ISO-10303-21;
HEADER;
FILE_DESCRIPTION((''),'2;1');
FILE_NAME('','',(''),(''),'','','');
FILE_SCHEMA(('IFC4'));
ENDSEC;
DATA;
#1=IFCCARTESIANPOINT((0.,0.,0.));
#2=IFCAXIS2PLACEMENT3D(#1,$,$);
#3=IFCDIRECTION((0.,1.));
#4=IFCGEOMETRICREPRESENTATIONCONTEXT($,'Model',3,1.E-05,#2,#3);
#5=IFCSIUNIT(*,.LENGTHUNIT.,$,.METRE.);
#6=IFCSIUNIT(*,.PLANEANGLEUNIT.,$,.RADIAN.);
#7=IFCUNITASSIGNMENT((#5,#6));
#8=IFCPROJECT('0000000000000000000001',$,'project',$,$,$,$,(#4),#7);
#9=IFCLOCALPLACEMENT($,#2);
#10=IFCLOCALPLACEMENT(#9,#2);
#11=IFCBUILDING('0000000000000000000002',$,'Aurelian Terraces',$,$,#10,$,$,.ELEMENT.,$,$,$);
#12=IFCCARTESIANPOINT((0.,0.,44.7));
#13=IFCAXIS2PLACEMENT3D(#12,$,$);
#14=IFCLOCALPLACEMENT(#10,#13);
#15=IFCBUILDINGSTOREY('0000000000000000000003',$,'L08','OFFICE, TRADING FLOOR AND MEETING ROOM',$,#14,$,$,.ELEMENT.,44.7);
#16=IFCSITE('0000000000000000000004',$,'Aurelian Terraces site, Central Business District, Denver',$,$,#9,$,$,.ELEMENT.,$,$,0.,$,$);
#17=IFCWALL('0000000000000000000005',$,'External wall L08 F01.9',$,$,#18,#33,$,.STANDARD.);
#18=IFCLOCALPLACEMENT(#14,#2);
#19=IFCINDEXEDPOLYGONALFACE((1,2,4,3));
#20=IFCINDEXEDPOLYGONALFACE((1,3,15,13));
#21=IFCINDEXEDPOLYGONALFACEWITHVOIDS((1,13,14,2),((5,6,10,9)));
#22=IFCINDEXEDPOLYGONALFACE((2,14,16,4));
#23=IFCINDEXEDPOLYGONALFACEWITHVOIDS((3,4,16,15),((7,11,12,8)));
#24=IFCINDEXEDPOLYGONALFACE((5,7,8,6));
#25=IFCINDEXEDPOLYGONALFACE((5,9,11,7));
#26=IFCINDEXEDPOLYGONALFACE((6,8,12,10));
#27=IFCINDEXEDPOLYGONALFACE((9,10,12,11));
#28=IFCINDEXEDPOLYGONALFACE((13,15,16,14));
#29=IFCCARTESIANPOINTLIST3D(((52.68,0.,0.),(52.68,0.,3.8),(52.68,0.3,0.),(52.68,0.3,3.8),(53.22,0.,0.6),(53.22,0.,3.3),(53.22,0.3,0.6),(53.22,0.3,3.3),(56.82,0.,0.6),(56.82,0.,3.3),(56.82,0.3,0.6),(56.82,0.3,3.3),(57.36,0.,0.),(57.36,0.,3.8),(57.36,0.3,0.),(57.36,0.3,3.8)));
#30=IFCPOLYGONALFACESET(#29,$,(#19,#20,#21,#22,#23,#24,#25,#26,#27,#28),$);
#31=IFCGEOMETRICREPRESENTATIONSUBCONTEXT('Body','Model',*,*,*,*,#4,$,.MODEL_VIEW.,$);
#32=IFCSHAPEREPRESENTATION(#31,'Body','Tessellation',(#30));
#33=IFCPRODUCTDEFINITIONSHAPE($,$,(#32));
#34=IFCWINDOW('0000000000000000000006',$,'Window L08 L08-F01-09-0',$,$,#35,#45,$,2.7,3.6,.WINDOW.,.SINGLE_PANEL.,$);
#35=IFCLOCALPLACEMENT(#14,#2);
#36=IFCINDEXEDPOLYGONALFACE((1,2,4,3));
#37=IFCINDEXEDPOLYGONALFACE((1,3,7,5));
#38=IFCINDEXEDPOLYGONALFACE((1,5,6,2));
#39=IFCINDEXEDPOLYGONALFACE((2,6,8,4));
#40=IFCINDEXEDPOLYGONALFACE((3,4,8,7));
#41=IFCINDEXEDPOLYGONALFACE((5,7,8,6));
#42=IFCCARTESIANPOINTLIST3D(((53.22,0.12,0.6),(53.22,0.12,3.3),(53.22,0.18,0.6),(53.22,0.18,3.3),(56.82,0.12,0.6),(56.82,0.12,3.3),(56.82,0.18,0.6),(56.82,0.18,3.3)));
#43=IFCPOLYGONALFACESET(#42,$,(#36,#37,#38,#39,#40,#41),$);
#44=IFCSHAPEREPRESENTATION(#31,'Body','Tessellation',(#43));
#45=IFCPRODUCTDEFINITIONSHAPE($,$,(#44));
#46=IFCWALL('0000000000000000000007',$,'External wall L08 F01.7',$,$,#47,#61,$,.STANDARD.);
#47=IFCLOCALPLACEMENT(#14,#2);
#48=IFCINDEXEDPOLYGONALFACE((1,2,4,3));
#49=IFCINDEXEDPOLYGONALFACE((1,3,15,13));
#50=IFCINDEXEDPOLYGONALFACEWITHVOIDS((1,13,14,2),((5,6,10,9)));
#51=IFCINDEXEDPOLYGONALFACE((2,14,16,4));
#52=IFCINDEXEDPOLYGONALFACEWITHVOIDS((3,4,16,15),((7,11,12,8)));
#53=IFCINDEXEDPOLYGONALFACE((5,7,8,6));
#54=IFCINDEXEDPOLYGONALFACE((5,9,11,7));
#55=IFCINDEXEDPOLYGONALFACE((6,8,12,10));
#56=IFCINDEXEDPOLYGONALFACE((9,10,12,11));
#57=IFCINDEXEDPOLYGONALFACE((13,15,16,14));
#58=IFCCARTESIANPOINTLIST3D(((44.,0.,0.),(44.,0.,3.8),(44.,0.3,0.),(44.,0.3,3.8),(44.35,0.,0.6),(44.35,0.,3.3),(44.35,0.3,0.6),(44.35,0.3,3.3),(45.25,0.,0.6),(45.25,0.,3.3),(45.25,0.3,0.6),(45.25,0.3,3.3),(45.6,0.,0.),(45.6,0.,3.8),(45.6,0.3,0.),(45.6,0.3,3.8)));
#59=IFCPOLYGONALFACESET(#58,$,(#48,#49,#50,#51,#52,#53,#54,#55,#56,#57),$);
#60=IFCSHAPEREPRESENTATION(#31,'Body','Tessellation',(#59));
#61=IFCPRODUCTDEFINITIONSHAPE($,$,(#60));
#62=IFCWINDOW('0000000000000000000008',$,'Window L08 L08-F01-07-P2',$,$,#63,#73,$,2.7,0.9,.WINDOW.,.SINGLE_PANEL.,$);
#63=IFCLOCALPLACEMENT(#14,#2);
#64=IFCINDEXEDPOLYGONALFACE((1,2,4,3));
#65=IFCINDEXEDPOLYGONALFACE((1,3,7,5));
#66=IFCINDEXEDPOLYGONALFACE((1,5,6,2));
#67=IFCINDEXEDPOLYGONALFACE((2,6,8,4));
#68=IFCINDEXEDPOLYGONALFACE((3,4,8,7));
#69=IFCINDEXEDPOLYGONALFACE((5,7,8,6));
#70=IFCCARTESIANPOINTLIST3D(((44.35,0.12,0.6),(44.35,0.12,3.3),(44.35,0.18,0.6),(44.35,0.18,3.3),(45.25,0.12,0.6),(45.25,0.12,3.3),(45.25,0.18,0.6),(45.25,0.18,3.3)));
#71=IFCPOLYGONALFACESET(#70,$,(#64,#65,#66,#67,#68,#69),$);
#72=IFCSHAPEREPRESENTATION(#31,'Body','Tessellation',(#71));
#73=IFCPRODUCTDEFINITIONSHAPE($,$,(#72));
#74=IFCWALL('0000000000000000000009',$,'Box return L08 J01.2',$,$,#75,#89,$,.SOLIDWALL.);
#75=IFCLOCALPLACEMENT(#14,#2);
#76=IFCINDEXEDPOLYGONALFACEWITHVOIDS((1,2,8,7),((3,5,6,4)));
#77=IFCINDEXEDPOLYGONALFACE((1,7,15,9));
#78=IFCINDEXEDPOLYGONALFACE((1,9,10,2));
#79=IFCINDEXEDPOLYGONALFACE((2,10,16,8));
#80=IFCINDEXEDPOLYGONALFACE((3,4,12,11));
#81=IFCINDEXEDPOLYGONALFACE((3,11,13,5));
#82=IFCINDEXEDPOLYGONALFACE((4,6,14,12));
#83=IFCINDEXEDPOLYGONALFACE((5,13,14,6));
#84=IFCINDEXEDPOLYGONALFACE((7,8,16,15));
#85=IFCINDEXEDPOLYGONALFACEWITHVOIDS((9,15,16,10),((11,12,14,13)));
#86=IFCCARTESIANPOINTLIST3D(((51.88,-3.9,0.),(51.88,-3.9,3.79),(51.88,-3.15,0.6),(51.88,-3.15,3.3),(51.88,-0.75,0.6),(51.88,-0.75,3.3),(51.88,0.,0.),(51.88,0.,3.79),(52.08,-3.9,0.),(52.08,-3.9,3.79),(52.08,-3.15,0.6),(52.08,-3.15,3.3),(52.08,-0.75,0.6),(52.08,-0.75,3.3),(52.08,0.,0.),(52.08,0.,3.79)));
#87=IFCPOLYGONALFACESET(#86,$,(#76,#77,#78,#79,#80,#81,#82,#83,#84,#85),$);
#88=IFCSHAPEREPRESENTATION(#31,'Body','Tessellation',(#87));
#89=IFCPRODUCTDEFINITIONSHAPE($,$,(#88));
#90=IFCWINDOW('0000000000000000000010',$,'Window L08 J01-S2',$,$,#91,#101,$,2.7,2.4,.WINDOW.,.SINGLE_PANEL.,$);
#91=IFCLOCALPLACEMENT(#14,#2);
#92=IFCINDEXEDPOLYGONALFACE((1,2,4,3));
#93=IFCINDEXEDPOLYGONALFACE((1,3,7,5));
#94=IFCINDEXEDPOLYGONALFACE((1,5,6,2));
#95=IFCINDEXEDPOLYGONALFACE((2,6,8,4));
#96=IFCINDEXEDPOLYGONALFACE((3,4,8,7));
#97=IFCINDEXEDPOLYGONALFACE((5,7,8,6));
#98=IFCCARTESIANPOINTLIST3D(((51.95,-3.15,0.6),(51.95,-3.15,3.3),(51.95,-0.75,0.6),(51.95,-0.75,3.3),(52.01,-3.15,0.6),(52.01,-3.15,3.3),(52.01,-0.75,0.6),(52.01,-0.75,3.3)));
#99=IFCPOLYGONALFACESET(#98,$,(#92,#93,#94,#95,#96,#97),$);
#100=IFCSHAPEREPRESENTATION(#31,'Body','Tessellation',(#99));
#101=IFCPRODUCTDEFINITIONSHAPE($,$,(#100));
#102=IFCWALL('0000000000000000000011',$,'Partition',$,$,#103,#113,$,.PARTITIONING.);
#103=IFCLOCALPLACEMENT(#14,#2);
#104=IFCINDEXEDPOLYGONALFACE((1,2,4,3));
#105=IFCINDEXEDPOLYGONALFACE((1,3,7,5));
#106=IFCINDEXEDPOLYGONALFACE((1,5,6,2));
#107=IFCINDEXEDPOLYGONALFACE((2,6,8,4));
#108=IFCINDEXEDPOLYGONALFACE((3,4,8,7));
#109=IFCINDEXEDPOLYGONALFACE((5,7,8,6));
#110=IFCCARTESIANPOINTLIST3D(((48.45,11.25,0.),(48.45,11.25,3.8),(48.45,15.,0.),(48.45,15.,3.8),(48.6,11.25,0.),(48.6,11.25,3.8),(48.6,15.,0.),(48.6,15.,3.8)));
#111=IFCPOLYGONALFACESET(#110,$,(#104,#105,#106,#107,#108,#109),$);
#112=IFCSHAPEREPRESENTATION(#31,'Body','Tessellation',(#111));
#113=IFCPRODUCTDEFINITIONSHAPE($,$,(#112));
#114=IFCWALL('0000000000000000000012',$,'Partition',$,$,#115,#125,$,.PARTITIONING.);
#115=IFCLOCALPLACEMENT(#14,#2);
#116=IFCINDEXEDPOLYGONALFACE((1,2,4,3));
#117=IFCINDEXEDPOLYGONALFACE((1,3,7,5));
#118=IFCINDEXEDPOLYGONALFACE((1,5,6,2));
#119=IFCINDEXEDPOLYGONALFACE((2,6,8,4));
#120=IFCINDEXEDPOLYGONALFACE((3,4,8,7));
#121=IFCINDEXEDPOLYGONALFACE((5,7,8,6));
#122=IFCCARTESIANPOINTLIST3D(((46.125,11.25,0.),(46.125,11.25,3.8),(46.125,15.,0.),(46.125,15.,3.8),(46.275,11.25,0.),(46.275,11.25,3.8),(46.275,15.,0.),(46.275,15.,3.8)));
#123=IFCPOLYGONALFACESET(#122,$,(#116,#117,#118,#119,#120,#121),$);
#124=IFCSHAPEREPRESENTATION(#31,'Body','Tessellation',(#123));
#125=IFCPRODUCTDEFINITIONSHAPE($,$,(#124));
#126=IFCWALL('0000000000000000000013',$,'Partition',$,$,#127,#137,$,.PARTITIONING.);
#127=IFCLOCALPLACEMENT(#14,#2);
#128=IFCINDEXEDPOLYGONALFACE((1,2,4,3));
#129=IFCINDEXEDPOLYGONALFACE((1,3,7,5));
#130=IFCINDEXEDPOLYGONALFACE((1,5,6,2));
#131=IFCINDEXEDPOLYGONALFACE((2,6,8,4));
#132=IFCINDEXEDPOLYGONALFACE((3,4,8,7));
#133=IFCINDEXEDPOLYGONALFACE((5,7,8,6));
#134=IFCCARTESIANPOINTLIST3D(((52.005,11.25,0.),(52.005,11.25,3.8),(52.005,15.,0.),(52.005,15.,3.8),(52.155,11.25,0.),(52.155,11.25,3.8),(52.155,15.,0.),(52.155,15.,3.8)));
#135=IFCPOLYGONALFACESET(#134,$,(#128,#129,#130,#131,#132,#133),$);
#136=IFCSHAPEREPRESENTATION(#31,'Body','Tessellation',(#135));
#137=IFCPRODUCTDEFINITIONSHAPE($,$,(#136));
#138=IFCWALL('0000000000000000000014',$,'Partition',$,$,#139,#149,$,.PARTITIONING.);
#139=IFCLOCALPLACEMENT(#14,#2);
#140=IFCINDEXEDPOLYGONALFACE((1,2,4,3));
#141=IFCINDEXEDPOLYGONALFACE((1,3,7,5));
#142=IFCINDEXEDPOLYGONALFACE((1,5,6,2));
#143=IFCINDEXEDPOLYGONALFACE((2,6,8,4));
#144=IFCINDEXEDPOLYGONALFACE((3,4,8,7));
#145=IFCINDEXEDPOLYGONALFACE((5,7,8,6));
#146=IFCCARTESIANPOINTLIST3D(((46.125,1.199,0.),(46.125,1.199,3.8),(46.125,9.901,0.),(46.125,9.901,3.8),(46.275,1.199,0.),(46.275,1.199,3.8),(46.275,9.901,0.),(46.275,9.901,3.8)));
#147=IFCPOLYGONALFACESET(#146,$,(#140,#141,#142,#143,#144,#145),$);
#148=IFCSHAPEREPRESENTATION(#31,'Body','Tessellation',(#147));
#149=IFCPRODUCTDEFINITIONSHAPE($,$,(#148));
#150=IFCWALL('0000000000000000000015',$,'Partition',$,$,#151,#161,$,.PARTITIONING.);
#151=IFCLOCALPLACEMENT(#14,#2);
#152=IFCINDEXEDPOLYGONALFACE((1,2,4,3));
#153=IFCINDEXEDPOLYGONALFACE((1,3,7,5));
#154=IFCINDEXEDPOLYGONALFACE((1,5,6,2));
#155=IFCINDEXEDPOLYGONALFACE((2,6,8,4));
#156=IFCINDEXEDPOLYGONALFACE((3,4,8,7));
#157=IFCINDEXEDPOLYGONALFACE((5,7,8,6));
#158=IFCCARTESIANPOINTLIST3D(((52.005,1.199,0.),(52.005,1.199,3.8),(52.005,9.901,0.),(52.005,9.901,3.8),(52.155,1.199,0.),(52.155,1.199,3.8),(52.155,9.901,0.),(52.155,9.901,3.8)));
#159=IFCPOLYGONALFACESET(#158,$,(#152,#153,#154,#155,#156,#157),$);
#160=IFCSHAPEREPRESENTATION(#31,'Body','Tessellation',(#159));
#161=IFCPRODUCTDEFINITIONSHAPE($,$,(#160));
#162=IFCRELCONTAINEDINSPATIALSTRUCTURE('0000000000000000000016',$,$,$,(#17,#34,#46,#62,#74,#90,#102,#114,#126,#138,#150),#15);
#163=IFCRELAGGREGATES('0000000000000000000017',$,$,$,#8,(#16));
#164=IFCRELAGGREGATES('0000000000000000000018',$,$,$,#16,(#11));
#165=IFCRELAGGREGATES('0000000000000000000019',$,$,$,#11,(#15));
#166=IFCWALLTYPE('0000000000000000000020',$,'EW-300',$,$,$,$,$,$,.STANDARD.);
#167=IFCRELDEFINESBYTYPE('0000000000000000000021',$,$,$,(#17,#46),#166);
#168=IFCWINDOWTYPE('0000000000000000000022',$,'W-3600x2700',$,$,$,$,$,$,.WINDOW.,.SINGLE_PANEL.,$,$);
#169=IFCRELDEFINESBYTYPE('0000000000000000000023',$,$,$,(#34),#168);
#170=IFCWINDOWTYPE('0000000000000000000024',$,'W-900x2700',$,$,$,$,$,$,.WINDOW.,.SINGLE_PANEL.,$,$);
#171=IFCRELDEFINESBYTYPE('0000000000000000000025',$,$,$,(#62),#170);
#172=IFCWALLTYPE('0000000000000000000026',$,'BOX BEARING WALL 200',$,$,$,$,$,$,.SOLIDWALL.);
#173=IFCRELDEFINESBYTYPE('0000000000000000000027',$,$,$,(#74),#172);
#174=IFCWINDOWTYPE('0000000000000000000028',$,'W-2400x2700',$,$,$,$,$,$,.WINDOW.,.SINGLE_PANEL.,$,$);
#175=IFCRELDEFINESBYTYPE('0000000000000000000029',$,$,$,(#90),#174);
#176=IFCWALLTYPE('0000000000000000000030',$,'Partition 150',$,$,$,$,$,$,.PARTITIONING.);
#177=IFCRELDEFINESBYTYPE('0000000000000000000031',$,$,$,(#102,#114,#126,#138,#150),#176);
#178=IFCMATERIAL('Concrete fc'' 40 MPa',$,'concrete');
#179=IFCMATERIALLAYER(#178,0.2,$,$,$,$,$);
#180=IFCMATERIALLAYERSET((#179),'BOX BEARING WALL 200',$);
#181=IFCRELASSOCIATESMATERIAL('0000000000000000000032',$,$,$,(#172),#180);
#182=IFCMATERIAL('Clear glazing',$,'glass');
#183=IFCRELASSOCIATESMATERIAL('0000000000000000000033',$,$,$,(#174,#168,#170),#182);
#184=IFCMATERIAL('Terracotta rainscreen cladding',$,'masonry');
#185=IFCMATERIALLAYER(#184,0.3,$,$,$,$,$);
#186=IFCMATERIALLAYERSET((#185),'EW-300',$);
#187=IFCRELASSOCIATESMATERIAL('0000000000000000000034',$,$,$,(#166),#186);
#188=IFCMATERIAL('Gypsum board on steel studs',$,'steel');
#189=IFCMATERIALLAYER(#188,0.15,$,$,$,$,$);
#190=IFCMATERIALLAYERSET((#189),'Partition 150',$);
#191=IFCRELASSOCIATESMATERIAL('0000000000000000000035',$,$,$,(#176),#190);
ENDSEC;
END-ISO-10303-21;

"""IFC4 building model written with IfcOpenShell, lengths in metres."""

from ifc_helpers import new_model, si_unit, direction, frame, frame_2d, origin, place, context, subcontext, project, spatial, rectangle, extrude, source, transform, mapped, material, layer, layer_set, type_object, element, fill, save


model = new_model("IFC4")

# Units and contexts
model_context = context("Model", 3, precision=1e-05, world=origin(), true_north=direction((0.0, 1.0)))
body_context = subcontext(model_context, "Body", "Model", "MODEL_VIEW")
ifc_project = project(units=[si_unit("LENGTHUNIT", "METRE"), si_unit("PLANEANGLEUNIT", "RADIAN")], contexts=[model_context])

# Site, building, storey
site_placement = place(None, origin())
site = spatial("IfcSite", under=ifc_project, at=site_placement, Name="Aurelian Terraces site, Central Business District, Denver", CompositionType="ELEMENT", RefElevation=0.0)
building_placement = place(site_placement, origin())
building = spatial("IfcBuilding", under=site, at=building_placement, Name="Aurelian Terraces", CompositionType="ELEMENT")
storey_placement = place(building_placement, frame((0.0, 0.0, 44.7)))
storey = spatial("IfcBuildingStorey", under=building, at=storey_placement, Name="L08", Description="OFFICE, TRADING FLOOR AND MEETING ROOM", CompositionType="ELEMENT", Elevation=44.7)

# Shared definitions
ifc_material_1 = material(Name="Concrete fc' 40 MPa", Category="concrete")

# Shared definitions
ifc_layer_1 = layer(ifc_material_1, 0.2)
ifc_layer_set_1 = layer_set([ifc_layer_1], Name="BOX BEARING WALL 200")
wall_type_1 = type_object("IfcWallType", Name="BOX BEARING WALL 200", PredefinedType="SOLIDWALL", material=ifc_layer_set_1)
ifc_material_2 = material(Name="Clear glazing", Category="glass")
window_type_1 = type_object("IfcWindowType", Name="W-2400x2700", PartitioningType="SINGLE_PANEL", PredefinedType="WINDOW", material=ifc_material_2)
shared_shape_1 = source(origin(), body_context, "Body", "SweptSolid", [
    extrude(rectangle(XDim=2.4, YDim=2.7, at=frame_2d((1.2, 1.35))), frame((0.0, 0.03, 0.0), z_axis=(0.0, -1.0, 0.0), x_axis=(1.0, 0.0, 0.0)), (0.0, 0.0, 1.0), 0.06),
])
shared_shape_2 = source(origin(), body_context, "Body", "SweptSolid", [
    extrude(rectangle(XDim=3.6, YDim=2.7, at=frame_2d((1.8, 1.35))), frame((0.0, 0.16, 0.0), z_axis=(0.0, -1.0, 0.0), x_axis=(1.0, 0.0, 0.0)), (0.0, 0.0, 1.0), 0.32),
])
window_type_2 = type_object("IfcWindowType", Name="W-3600x2700", PartitioningType="SINGLE_PANEL", PredefinedType="WINDOW", material=ifc_material_2)
shared_shape_3 = source(origin(), body_context, "Body", "SweptSolid", [
    extrude(rectangle(XDim=3.6, YDim=2.7, at=frame_2d((1.8, 1.35))), frame((0.0, 0.03, 0.0), z_axis=(0.0, -1.0, 0.0), x_axis=(1.0, 0.0, 0.0)), (0.0, 0.0, 1.0), 0.06),
])

# Shared definitions
ifc_material_3 = material(Name="Terracotta rainscreen cladding", Category="masonry")
ifc_layer_2 = layer(ifc_material_3, 0.3)
ifc_layer_set_2 = layer_set([ifc_layer_2], Name="EW-300")
wall_type_2 = type_object("IfcWallType", Name="EW-300", PredefinedType="STANDARD", material=ifc_layer_set_2)
shared_shape_4 = source(origin(), body_context, "Body", "SweptSolid", [
    extrude(rectangle(XDim=4.68, YDim=0.3, at=frame_2d((2.34, 0.0))), origin(), (0.0, 0.0, 1.0), 3.8),
])

# Walls, openings, windows
wall_1_placement = place(storey_placement, frame((52.68, 0.15, 0.0), z_axis=(0.0, 0.0, 1.0), x_axis=(1.0, 0.0, 0.0)))
wall_1 = element("IfcWall", 1, at=wall_1_placement, inside=storey, type_object=wall_type_2, Name="External wall L08 F01.9", PredefinedType="STANDARD", context=body_context, shape_type="MappedRepresentation", body=[
    mapped(shared_shape_4, transform((0.0, 0.0, 0.0), scale=1.0)),
])
opening_1_placement = place(wall_1_placement, frame((0.54, 0.0, 0.6)))
opening_1 = element("IfcOpeningElement", 2, at=opening_1_placement, cuts=wall_1, PredefinedType="OPENING", context=body_context, shape_type="MappedRepresentation", body=[
    mapped(shared_shape_2, transform((0.0, 0.0, 0.0), scale=1.0)),
])
window_1_placement = place(opening_1_placement, origin())
window_1 = element("IfcWindow", 3, at=window_1_placement, inside=storey, type_object=window_type_2, Name="Window L08 L08-F01-09-0", OverallHeight=2.7, OverallWidth=3.6, PartitioningType="SINGLE_PANEL", PredefinedType="WINDOW", context=body_context, shape_type="MappedRepresentation", body=[
    mapped(shared_shape_3, transform((0.0, 0.0, 0.0), scale=1.0)),
])
fill(opening_1, window_1)
shared_shape_5 = source(origin(), body_context, "Body", "SweptSolid", [
    extrude(rectangle(XDim=1.6, YDim=0.3, at=frame_2d((0.8, 0.0))), origin(), (0.0, 0.0, 1.0), 3.8),
])
wall_2_placement = place(storey_placement, frame((44.0, 0.15, 0.0), z_axis=(0.0, 0.0, 1.0), x_axis=(1.0, 0.0, 0.0)))
wall_2 = element("IfcWall", 4, at=wall_2_placement, inside=storey, type_object=wall_type_2, Name="External wall L08 F01.7", PredefinedType="STANDARD", context=body_context, shape_type="MappedRepresentation", body=[
    mapped(shared_shape_5, transform((0.0, 0.0, 0.0), scale=1.0)),
])
shared_shape_6 = source(origin(), body_context, "Body", "SweptSolid", [
    extrude(rectangle(XDim=0.9, YDim=2.7, at=frame_2d((0.45, 1.35))), frame((0.0, 0.16, 0.0), z_axis=(0.0, -1.0, 0.0), x_axis=(1.0, 0.0, 0.0)), (0.0, 0.0, 1.0), 0.32),
])
opening_2_placement = place(wall_2_placement, frame((0.35, 0.0, 0.6)))
opening_2 = element("IfcOpeningElement", 5, at=opening_2_placement, cuts=wall_2, PredefinedType="OPENING", context=body_context, shape_type="MappedRepresentation", body=[
    mapped(shared_shape_6, transform((0.0, 0.0, 0.0), scale=1.0)),
])
window_type_3 = type_object("IfcWindowType", Name="W-900x2700", PartitioningType="SINGLE_PANEL", PredefinedType="WINDOW", material=ifc_material_2)
shared_shape_7 = source(origin(), body_context, "Body", "SweptSolid", [
    extrude(rectangle(XDim=0.9, YDim=2.7, at=frame_2d((0.45, 1.35))), frame((0.0, 0.03, 0.0), z_axis=(0.0, -1.0, 0.0), x_axis=(1.0, 0.0, 0.0)), (0.0, 0.0, 1.0), 0.06),
])
window_2_placement = place(opening_2_placement, origin())
window_2 = element("IfcWindow", 6, at=window_2_placement, inside=storey, type_object=window_type_3, Name="Window L08 L08-F01-07-P2", OverallHeight=2.7, OverallWidth=0.9, PartitioningType="SINGLE_PANEL", PredefinedType="WINDOW", context=body_context, shape_type="MappedRepresentation", body=[
    mapped(shared_shape_7, transform((0.0, 0.0, 0.0), scale=1.0)),
])
fill(opening_2, window_2)
shared_shape_8 = source(origin(), body_context, "Body", "SweptSolid", [
    extrude(rectangle(XDim=3.9, YDim=0.2, at=frame_2d((1.95, 0.0))), origin(), (0.0, 0.0, 1.0), 3.79),
])
wall_3_placement = place(storey_placement, frame((51.98, 0.0, 0.0), z_axis=(0.0, 0.0, 1.0), x_axis=(0.0, -1.0, 0.0)))
wall_3 = element("IfcWall", 7, at=wall_3_placement, inside=storey, type_object=wall_type_1, Name="Box return L08 J01.2", PredefinedType="SOLIDWALL", context=body_context, shape_type="MappedRepresentation", body=[
    mapped(shared_shape_8, transform((0.0, 0.0, 0.0), scale=1.0)),
])
shared_shape_9 = source(origin(), body_context, "Body", "SweptSolid", [
    extrude(rectangle(XDim=2.4, YDim=2.7, at=frame_2d((1.2, 1.35))), frame((0.0, 0.11, 0.0), z_axis=(0.0, -1.0, 0.0), x_axis=(1.0, 0.0, 0.0)), (0.0, 0.0, 1.0), 0.22),
])
opening_3_placement = place(wall_3_placement, frame((0.75, 0.0, 0.6)))
opening_3 = element("IfcOpeningElement", 8, at=opening_3_placement, cuts=wall_3, PredefinedType="OPENING", context=body_context, shape_type="MappedRepresentation", body=[
    mapped(shared_shape_9, transform((0.0, 0.0, 0.0), scale=1.0)),
])
window_3_placement = place(opening_3_placement, origin())
window_3 = element("IfcWindow", 9, at=window_3_placement, inside=storey, type_object=window_type_1, Name="Window L08 J01-S2", OverallHeight=2.7, OverallWidth=2.4, PartitioningType="SINGLE_PANEL", PredefinedType="WINDOW", context=body_context, shape_type="MappedRepresentation", body=[
    mapped(shared_shape_1, transform((0.0, 0.0, 0.0), scale=1.0)),
])
fill(opening_3, window_3)

# Walls
ifc_material_4 = material(Name="Gypsum board on steel studs", Category="steel")
ifc_layer_3 = layer(ifc_material_4, 0.15)
ifc_layer_set_3 = layer_set([ifc_layer_3], Name="Partition 150")
wall_type_3 = type_object("IfcWallType", Name="Partition 150", PredefinedType="PARTITIONING", material=ifc_layer_set_3)
shared_shape_10 = source(origin(), body_context, "Body", "SweptSolid", [
    extrude(rectangle(XDim=3.75, YDim=0.15, at=frame_2d((1.875, 0.0))), origin(), (0.0, 0.0, 1.0), 3.8),
])
for number, where, z_axis, x_axis, name in (
    (10, (48.525, 11.25, 0.0), (0.0, 0.0, 1.0), (0.0, 1.0, 0.0), "Partition"),
    (11, (46.2, 11.25, 0.0), (0.0, 0.0, 1.0), (0.0, 1.0, 0.0), "Partition"),
    (12, (52.08, 11.25, 0.0), (0.0, 0.0, 1.0), (0.0, 1.0, 0.0), "Partition"),
):
    element("IfcWall", number, at=place(storey_placement, frame(where, z_axis=z_axis, x_axis=x_axis)), inside=storey, type_object=wall_type_3, Name=name, PredefinedType="PARTITIONING", context=body_context, shape_type="MappedRepresentation", body=[
        mapped(shared_shape_10, transform((0.0, 0.0, 0.0), scale=1.0)),
    ])
shared_shape_11 = source(origin(), body_context, "Body", "SweptSolid", [
    extrude(rectangle(XDim=8.702, YDim=0.15, at=frame_2d((4.351, 0.0))), origin(), (0.0, 0.0, 1.0), 3.8),
])
for number, where, z_axis, x_axis, name in (
    (13, (46.2, 1.199, 0.0), (0.0, 0.0, 1.0), (0.0, 1.0, 0.0), "Partition"),
    (14, (52.08, 1.199, 0.0), (0.0, 0.0, 1.0), (0.0, 1.0, 0.0), "Partition"),
):
    element("IfcWall", number, at=place(storey_placement, frame(where, z_axis=z_axis, x_axis=x_axis)), inside=storey, type_object=wall_type_3, Name=name, PredefinedType="PARTITIONING", context=body_context, shape_type="MappedRepresentation", body=[
        mapped(shared_shape_11, transform((0.0, 0.0, 0.0), scale=1.0)),
    ])

save(model, "model.ifc")
